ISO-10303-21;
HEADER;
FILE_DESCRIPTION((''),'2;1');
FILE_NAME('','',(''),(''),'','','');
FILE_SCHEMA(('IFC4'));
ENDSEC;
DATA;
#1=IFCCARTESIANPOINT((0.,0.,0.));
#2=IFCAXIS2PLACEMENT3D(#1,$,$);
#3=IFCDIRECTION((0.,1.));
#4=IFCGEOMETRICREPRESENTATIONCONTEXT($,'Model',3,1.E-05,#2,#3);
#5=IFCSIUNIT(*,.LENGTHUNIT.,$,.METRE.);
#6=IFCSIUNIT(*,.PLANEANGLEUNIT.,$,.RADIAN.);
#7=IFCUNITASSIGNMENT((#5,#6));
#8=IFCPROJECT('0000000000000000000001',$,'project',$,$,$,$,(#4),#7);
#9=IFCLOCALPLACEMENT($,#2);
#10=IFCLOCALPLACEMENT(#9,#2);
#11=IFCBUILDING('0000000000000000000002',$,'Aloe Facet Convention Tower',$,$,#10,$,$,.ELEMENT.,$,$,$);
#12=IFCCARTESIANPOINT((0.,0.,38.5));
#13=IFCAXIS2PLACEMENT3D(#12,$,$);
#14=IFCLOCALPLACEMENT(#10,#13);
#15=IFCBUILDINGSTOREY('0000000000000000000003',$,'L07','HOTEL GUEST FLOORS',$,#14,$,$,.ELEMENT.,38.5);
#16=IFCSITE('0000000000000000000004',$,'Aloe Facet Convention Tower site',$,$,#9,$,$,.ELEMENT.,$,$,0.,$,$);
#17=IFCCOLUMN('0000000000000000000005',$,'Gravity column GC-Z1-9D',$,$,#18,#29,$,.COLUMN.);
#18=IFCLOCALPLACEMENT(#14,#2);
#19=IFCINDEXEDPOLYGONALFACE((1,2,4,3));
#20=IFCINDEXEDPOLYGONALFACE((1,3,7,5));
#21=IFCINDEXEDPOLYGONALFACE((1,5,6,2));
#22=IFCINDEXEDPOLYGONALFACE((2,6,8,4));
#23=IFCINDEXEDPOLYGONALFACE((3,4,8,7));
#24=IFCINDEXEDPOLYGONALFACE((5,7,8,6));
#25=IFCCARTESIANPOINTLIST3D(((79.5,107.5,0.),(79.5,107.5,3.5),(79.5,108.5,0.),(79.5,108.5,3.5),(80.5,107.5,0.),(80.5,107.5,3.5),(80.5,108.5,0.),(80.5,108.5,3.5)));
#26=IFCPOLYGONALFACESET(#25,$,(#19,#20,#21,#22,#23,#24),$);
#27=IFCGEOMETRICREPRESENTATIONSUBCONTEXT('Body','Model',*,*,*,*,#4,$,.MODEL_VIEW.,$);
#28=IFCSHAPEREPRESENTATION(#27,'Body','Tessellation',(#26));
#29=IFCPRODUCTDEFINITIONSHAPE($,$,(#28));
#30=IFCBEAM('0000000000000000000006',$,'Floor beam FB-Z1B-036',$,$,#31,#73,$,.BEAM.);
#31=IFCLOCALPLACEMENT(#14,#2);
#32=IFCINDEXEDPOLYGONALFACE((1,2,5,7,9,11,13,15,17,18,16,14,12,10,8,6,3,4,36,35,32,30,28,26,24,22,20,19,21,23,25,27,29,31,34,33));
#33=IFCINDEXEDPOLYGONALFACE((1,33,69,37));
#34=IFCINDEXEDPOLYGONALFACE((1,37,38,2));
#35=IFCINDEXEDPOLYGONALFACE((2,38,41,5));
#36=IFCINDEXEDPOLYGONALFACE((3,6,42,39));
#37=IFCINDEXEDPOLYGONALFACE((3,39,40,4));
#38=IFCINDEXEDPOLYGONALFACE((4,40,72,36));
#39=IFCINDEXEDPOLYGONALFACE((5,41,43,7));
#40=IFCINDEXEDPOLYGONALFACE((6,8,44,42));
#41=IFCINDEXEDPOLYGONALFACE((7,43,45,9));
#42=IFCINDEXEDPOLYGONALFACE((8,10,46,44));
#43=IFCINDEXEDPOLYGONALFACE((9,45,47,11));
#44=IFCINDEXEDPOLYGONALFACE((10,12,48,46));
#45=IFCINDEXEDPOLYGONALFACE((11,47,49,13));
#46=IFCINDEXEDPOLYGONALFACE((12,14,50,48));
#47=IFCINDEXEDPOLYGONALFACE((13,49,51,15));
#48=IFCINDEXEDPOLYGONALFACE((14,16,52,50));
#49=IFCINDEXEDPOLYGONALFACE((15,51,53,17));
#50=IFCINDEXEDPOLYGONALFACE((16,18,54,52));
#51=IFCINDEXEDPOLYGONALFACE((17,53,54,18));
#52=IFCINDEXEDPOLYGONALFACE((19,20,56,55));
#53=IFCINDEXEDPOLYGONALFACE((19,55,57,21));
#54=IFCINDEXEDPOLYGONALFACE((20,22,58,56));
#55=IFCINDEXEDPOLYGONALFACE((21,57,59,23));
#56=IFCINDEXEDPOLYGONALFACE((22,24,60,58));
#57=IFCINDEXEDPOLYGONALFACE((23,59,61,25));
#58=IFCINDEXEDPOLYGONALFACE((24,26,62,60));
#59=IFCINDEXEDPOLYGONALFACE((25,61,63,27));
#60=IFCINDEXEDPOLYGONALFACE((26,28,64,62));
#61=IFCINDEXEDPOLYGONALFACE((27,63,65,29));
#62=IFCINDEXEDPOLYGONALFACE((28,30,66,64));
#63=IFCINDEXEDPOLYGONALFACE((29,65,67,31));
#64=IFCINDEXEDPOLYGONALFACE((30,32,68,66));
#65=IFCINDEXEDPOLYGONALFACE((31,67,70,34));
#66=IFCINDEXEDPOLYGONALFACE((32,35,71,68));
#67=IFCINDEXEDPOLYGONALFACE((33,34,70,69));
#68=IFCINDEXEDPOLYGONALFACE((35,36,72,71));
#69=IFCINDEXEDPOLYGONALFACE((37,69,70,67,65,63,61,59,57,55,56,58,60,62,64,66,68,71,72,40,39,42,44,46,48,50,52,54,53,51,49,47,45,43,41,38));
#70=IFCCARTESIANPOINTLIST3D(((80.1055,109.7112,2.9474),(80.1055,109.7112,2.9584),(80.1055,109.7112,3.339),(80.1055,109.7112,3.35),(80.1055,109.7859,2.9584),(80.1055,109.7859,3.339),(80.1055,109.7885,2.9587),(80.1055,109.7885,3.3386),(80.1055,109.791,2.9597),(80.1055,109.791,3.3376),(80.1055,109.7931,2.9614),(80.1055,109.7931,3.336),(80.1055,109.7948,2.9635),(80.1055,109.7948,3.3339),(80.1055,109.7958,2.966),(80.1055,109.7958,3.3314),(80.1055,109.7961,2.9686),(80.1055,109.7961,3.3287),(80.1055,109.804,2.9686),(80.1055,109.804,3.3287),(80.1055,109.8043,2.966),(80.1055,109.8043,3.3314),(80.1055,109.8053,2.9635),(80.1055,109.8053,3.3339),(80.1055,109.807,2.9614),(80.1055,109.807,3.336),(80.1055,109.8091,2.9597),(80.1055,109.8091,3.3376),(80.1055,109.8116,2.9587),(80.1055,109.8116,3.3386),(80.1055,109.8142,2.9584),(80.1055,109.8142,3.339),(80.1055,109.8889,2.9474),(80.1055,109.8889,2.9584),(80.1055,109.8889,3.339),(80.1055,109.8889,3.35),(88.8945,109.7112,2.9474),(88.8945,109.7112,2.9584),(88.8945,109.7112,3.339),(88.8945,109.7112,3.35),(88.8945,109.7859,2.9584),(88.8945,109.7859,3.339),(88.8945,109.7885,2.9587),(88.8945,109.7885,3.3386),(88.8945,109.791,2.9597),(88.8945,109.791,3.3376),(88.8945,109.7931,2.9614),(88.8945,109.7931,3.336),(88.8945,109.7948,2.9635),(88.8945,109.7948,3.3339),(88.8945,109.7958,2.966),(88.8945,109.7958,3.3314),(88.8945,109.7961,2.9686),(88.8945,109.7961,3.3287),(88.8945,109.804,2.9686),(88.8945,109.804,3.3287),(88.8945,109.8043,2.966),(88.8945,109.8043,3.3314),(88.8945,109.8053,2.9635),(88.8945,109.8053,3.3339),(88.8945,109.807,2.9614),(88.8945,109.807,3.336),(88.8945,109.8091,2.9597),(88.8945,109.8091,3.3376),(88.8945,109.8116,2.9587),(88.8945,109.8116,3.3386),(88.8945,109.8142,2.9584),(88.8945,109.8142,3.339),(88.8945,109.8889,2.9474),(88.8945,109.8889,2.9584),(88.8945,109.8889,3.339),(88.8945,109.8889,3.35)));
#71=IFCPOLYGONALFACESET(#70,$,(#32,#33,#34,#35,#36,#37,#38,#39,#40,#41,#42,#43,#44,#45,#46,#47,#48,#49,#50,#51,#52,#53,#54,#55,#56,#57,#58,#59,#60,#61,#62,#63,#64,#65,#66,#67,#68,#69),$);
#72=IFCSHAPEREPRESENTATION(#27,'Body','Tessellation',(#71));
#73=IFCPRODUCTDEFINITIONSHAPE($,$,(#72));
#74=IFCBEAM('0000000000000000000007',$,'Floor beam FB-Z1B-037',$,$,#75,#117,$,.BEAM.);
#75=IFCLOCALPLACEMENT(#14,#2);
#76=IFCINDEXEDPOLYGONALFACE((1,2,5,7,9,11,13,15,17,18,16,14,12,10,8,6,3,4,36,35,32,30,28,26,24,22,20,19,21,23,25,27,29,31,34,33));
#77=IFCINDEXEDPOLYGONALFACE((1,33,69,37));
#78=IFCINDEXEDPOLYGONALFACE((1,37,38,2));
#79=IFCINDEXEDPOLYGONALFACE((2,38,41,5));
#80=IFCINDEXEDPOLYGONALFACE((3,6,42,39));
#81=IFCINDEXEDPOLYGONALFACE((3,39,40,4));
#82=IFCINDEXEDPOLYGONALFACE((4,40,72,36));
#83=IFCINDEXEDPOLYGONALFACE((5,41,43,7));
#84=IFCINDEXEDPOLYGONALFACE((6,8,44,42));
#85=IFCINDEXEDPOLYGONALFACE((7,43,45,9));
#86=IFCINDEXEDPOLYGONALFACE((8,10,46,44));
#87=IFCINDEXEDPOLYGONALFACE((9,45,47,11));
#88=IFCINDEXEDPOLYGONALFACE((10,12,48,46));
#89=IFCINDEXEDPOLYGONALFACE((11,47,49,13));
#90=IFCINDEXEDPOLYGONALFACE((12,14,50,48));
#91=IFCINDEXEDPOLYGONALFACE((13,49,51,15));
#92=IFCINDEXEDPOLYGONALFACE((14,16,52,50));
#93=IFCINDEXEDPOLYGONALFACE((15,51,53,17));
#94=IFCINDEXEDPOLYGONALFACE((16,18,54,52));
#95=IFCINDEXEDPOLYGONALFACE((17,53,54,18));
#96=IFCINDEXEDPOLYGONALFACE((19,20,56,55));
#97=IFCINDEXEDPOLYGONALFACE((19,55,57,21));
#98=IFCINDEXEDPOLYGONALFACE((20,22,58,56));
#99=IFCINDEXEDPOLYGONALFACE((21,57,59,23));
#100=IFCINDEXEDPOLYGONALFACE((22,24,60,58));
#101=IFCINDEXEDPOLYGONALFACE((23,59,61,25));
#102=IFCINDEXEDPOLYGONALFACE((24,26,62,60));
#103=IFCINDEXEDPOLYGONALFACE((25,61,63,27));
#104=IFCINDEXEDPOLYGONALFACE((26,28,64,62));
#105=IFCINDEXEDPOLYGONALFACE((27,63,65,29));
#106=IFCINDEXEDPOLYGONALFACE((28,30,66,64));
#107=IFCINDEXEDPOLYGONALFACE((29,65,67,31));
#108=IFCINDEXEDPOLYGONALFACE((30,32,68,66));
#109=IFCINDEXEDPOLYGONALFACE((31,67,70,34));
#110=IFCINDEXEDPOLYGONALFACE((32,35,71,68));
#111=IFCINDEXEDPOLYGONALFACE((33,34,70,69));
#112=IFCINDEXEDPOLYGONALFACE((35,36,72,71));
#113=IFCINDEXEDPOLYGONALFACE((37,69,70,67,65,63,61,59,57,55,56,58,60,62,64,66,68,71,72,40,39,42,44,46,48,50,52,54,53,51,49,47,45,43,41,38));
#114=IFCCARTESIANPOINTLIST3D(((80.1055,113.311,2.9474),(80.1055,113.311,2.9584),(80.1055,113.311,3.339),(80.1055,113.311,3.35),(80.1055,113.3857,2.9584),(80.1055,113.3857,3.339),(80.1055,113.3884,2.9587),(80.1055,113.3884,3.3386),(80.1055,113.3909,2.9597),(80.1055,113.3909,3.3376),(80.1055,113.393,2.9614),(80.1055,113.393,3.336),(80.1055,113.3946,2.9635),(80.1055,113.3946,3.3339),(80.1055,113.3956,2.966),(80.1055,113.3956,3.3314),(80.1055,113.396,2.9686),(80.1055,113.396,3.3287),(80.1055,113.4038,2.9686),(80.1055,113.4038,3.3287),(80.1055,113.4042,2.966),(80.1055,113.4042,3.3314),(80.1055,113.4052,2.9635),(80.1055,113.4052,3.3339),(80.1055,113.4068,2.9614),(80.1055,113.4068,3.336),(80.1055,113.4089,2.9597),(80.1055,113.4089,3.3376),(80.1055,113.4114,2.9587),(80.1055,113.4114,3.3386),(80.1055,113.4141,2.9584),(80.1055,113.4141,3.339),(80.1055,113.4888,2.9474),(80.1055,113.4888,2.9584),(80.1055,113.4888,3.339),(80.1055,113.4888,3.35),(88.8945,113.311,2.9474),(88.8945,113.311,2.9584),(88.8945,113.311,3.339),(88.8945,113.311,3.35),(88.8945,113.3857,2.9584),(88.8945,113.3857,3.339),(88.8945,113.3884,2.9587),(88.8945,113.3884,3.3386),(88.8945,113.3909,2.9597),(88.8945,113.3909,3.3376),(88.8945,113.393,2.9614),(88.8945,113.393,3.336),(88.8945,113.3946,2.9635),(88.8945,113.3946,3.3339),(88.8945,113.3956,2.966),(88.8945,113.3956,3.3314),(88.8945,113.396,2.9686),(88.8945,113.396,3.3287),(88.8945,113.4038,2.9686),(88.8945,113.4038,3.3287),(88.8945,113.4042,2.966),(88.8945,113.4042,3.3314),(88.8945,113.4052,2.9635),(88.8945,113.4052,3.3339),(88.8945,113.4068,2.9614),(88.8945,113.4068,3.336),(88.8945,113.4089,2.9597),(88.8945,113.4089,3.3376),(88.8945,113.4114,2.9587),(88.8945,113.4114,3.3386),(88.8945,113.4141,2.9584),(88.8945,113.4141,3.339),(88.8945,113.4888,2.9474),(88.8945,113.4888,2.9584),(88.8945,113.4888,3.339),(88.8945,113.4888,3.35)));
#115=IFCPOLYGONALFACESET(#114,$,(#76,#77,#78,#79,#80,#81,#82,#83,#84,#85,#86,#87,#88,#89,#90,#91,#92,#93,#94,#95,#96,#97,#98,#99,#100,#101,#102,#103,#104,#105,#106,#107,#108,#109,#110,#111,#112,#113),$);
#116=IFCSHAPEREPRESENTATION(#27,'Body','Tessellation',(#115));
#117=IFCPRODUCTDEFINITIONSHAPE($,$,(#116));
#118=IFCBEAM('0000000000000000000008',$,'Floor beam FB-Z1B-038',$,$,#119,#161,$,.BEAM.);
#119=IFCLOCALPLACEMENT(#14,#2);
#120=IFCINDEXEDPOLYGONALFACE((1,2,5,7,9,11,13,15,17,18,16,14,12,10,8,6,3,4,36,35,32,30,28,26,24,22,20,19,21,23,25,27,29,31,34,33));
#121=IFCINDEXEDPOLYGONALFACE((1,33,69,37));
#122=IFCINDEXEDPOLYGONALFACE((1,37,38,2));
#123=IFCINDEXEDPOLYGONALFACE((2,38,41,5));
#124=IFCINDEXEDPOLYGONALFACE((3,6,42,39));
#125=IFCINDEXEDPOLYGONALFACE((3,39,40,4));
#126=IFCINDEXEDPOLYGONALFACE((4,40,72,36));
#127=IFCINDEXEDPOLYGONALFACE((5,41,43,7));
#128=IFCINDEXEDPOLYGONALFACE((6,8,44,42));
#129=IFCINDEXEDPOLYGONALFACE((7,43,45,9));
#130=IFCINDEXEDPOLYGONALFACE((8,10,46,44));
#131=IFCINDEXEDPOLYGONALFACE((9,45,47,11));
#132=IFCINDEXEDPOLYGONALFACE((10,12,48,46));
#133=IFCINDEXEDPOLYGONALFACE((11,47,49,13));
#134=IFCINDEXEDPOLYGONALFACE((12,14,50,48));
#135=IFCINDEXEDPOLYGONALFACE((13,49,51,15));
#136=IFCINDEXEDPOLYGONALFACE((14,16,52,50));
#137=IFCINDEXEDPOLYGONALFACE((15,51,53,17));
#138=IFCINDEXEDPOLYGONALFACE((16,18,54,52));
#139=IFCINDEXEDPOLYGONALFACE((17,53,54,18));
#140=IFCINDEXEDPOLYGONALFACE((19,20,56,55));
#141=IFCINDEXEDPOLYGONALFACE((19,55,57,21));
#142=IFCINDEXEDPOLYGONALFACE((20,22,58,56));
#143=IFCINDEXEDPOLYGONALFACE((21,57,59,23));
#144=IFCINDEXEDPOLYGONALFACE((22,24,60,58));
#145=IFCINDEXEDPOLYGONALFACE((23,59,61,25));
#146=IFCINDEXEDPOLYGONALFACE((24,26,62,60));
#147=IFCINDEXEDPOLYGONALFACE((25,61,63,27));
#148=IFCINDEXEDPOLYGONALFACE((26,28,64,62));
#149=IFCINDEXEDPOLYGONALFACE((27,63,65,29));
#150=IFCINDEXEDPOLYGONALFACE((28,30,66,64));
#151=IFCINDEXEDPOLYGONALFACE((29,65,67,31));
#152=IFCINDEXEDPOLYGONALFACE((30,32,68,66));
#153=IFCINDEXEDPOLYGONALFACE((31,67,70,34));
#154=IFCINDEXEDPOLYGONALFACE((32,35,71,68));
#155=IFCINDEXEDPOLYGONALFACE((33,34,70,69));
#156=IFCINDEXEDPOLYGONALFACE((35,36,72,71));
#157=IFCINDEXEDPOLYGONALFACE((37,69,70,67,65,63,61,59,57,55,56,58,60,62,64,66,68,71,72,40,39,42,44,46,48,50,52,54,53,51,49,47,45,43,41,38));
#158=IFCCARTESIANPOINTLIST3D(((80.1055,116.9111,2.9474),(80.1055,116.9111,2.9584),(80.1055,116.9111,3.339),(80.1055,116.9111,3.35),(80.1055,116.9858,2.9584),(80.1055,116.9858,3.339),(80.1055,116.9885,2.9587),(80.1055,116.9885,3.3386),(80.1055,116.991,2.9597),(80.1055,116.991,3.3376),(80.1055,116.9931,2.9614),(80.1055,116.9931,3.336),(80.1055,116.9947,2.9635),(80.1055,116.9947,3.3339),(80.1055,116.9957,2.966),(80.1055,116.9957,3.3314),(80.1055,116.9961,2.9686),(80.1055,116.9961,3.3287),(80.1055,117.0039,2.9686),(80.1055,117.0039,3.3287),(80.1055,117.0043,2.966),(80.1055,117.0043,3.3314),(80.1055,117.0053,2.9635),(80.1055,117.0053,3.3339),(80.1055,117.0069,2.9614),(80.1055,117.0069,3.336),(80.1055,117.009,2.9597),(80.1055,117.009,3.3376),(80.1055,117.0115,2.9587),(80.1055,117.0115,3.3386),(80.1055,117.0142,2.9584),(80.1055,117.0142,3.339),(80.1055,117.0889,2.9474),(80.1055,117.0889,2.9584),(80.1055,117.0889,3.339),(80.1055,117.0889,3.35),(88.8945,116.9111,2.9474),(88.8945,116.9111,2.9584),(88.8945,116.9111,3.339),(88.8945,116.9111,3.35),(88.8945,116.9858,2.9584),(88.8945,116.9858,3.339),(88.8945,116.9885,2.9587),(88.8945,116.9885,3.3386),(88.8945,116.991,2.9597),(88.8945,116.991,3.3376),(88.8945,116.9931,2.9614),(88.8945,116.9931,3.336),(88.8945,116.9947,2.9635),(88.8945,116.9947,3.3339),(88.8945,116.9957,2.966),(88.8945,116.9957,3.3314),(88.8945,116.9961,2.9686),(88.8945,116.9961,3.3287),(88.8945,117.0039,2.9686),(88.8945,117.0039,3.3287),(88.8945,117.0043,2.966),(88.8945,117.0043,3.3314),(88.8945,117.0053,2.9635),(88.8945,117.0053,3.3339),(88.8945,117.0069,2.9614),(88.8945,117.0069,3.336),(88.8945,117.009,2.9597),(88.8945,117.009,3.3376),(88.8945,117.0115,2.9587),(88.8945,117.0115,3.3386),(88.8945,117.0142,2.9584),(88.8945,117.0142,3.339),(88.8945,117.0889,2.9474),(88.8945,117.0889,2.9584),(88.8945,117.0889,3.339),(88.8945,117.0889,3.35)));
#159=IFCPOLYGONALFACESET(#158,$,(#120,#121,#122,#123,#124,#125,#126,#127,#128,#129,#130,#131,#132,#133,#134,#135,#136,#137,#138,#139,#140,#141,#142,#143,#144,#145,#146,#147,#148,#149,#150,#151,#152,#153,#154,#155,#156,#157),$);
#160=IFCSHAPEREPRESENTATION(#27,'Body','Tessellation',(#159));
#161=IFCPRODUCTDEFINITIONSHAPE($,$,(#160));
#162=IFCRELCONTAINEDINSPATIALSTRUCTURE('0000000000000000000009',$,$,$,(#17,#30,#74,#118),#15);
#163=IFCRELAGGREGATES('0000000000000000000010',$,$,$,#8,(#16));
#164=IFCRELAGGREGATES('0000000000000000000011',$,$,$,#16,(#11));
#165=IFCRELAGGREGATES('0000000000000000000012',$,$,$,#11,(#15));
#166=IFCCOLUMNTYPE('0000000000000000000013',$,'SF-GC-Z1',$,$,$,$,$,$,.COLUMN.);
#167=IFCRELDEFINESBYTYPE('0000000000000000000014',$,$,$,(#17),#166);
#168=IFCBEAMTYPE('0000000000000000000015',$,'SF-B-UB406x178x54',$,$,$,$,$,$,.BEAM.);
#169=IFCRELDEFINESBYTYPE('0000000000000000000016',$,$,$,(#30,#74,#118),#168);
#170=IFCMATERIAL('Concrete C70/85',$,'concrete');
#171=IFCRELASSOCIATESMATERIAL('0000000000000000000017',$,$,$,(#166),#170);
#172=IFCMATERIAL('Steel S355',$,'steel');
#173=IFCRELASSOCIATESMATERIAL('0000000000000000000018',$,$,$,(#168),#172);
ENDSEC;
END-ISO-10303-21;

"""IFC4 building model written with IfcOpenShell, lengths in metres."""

from ifc_helpers import new_model, si_unit, direction, frame, origin, origin_2d, place, context, subcontext, project, spatial, rectangle, i_section, extrude, material, material_profile, profile_set, type_object, element, save


model = new_model("IFC4")

# Units and contexts
model_context = context("Model", 3, precision=1e-05, world=origin(), true_north=direction((0.0, 1.0)))
body_context = subcontext(model_context, "Body", "Model", "MODEL_VIEW")
ifc_project = project(units=[si_unit("LENGTHUNIT", "METRE"), si_unit("PLANEANGLEUNIT", "RADIAN")], contexts=[model_context])

# Site, building, storey
site_placement = place(None, origin())
site = spatial("IfcSite", under=ifc_project, at=site_placement, Name="Aloe Facet Convention Tower site", CompositionType="ELEMENT", RefElevation=0.0)
building_placement = place(site_placement, origin())
building = spatial("IfcBuilding", under=site, at=building_placement, Name="Aloe Facet Convention Tower", CompositionType="ELEMENT")
storey_placement = place(building_placement, frame((0.0, 0.0, 38.5)))
storey = spatial("IfcBuildingStorey", under=building, at=storey_placement, Name="L07", Description="HOTEL GUEST FLOORS", CompositionType="ELEMENT", Elevation=38.5)

# Column
ifc_material_1 = material(Name="Concrete C70/85", Category="concrete")
ifc_material_profile_1 = material_profile(ifc_material_1, rectangle(XDim=1.0, YDim=1.0, at=origin_2d()), Name="SF-GC-Z1")
ifc_profile_set_1 = profile_set([ifc_material_profile_1], Name="Concrete C70/85")
column_type = type_object("IfcColumnType", Name="SF-GC-Z1", PredefinedType="COLUMN", material=ifc_profile_set_1)
column_placement = place(storey_placement, frame((80.0, 108.0, 0.0), z_axis=(0.0, 0.0, 1.0), x_axis=(1.0, 0.0, 0.0)))
element("IfcColumn", 1, at=column_placement, inside=storey, type_object=column_type, Name="Gravity column GC-Z1-9D", PredefinedType="COLUMN", context=body_context, shape_type="SweptSolid", body=[
    extrude(rectangle(XDim=1.0, YDim=1.0, at=origin_2d()), origin(), (0.0, 0.0, 1.0), 3.5),
])

# Beams
ifc_material_2 = material(Name="Steel S355", Category="steel")
ifc_material_profile_2 = material_profile(ifc_material_2, i_section(OverallWidth=0.1777, OverallDepth=0.4026, WebThickness=0.0078, FlangeThickness=0.011, FilletRadius=0.0103, at=origin_2d()), Name="UB 406x178x54")
ifc_profile_set_2 = profile_set([ifc_material_profile_2], Name="Steel S355")
beam_type_1 = type_object("IfcBeamType", Name="SF-B-UB406x178x54", PredefinedType="BEAM", material=ifc_profile_set_2)
for number, where, z_axis, x_axis, name in (
    (2, (80.1055, 109.8, 3.1487), (1.0, 0.0, 0.0), (0.0, 1.0, 0.0), "Floor beam FB-Z1B-036"),
    (3, (80.1055, 113.3999, 3.1487), (1.0, 0.0, 0.0), (0.0, 1.0, 0.0), "Floor beam FB-Z1B-037"),
    (4, (80.1055, 117.0, 3.1487), (1.0, 0.0, 0.0), (0.0, 1.0, 0.0), "Floor beam FB-Z1B-038"),
):
    element("IfcBeam", number, at=place(storey_placement, frame(where, z_axis=z_axis, x_axis=x_axis)), inside=storey, type_object=beam_type_1, Name=name, PredefinedType="BEAM", context=body_context, shape_type="SweptSolid", body=[
        extrude(i_section(OverallWidth=0.1777, OverallDepth=0.4026, WebThickness=0.0078, FlangeThickness=0.011, FilletRadius=0.0103, at=origin_2d()), origin(), (0.0, 0.0, 1.0), 8.7891),
    ])

save(model, "model.ifc")
